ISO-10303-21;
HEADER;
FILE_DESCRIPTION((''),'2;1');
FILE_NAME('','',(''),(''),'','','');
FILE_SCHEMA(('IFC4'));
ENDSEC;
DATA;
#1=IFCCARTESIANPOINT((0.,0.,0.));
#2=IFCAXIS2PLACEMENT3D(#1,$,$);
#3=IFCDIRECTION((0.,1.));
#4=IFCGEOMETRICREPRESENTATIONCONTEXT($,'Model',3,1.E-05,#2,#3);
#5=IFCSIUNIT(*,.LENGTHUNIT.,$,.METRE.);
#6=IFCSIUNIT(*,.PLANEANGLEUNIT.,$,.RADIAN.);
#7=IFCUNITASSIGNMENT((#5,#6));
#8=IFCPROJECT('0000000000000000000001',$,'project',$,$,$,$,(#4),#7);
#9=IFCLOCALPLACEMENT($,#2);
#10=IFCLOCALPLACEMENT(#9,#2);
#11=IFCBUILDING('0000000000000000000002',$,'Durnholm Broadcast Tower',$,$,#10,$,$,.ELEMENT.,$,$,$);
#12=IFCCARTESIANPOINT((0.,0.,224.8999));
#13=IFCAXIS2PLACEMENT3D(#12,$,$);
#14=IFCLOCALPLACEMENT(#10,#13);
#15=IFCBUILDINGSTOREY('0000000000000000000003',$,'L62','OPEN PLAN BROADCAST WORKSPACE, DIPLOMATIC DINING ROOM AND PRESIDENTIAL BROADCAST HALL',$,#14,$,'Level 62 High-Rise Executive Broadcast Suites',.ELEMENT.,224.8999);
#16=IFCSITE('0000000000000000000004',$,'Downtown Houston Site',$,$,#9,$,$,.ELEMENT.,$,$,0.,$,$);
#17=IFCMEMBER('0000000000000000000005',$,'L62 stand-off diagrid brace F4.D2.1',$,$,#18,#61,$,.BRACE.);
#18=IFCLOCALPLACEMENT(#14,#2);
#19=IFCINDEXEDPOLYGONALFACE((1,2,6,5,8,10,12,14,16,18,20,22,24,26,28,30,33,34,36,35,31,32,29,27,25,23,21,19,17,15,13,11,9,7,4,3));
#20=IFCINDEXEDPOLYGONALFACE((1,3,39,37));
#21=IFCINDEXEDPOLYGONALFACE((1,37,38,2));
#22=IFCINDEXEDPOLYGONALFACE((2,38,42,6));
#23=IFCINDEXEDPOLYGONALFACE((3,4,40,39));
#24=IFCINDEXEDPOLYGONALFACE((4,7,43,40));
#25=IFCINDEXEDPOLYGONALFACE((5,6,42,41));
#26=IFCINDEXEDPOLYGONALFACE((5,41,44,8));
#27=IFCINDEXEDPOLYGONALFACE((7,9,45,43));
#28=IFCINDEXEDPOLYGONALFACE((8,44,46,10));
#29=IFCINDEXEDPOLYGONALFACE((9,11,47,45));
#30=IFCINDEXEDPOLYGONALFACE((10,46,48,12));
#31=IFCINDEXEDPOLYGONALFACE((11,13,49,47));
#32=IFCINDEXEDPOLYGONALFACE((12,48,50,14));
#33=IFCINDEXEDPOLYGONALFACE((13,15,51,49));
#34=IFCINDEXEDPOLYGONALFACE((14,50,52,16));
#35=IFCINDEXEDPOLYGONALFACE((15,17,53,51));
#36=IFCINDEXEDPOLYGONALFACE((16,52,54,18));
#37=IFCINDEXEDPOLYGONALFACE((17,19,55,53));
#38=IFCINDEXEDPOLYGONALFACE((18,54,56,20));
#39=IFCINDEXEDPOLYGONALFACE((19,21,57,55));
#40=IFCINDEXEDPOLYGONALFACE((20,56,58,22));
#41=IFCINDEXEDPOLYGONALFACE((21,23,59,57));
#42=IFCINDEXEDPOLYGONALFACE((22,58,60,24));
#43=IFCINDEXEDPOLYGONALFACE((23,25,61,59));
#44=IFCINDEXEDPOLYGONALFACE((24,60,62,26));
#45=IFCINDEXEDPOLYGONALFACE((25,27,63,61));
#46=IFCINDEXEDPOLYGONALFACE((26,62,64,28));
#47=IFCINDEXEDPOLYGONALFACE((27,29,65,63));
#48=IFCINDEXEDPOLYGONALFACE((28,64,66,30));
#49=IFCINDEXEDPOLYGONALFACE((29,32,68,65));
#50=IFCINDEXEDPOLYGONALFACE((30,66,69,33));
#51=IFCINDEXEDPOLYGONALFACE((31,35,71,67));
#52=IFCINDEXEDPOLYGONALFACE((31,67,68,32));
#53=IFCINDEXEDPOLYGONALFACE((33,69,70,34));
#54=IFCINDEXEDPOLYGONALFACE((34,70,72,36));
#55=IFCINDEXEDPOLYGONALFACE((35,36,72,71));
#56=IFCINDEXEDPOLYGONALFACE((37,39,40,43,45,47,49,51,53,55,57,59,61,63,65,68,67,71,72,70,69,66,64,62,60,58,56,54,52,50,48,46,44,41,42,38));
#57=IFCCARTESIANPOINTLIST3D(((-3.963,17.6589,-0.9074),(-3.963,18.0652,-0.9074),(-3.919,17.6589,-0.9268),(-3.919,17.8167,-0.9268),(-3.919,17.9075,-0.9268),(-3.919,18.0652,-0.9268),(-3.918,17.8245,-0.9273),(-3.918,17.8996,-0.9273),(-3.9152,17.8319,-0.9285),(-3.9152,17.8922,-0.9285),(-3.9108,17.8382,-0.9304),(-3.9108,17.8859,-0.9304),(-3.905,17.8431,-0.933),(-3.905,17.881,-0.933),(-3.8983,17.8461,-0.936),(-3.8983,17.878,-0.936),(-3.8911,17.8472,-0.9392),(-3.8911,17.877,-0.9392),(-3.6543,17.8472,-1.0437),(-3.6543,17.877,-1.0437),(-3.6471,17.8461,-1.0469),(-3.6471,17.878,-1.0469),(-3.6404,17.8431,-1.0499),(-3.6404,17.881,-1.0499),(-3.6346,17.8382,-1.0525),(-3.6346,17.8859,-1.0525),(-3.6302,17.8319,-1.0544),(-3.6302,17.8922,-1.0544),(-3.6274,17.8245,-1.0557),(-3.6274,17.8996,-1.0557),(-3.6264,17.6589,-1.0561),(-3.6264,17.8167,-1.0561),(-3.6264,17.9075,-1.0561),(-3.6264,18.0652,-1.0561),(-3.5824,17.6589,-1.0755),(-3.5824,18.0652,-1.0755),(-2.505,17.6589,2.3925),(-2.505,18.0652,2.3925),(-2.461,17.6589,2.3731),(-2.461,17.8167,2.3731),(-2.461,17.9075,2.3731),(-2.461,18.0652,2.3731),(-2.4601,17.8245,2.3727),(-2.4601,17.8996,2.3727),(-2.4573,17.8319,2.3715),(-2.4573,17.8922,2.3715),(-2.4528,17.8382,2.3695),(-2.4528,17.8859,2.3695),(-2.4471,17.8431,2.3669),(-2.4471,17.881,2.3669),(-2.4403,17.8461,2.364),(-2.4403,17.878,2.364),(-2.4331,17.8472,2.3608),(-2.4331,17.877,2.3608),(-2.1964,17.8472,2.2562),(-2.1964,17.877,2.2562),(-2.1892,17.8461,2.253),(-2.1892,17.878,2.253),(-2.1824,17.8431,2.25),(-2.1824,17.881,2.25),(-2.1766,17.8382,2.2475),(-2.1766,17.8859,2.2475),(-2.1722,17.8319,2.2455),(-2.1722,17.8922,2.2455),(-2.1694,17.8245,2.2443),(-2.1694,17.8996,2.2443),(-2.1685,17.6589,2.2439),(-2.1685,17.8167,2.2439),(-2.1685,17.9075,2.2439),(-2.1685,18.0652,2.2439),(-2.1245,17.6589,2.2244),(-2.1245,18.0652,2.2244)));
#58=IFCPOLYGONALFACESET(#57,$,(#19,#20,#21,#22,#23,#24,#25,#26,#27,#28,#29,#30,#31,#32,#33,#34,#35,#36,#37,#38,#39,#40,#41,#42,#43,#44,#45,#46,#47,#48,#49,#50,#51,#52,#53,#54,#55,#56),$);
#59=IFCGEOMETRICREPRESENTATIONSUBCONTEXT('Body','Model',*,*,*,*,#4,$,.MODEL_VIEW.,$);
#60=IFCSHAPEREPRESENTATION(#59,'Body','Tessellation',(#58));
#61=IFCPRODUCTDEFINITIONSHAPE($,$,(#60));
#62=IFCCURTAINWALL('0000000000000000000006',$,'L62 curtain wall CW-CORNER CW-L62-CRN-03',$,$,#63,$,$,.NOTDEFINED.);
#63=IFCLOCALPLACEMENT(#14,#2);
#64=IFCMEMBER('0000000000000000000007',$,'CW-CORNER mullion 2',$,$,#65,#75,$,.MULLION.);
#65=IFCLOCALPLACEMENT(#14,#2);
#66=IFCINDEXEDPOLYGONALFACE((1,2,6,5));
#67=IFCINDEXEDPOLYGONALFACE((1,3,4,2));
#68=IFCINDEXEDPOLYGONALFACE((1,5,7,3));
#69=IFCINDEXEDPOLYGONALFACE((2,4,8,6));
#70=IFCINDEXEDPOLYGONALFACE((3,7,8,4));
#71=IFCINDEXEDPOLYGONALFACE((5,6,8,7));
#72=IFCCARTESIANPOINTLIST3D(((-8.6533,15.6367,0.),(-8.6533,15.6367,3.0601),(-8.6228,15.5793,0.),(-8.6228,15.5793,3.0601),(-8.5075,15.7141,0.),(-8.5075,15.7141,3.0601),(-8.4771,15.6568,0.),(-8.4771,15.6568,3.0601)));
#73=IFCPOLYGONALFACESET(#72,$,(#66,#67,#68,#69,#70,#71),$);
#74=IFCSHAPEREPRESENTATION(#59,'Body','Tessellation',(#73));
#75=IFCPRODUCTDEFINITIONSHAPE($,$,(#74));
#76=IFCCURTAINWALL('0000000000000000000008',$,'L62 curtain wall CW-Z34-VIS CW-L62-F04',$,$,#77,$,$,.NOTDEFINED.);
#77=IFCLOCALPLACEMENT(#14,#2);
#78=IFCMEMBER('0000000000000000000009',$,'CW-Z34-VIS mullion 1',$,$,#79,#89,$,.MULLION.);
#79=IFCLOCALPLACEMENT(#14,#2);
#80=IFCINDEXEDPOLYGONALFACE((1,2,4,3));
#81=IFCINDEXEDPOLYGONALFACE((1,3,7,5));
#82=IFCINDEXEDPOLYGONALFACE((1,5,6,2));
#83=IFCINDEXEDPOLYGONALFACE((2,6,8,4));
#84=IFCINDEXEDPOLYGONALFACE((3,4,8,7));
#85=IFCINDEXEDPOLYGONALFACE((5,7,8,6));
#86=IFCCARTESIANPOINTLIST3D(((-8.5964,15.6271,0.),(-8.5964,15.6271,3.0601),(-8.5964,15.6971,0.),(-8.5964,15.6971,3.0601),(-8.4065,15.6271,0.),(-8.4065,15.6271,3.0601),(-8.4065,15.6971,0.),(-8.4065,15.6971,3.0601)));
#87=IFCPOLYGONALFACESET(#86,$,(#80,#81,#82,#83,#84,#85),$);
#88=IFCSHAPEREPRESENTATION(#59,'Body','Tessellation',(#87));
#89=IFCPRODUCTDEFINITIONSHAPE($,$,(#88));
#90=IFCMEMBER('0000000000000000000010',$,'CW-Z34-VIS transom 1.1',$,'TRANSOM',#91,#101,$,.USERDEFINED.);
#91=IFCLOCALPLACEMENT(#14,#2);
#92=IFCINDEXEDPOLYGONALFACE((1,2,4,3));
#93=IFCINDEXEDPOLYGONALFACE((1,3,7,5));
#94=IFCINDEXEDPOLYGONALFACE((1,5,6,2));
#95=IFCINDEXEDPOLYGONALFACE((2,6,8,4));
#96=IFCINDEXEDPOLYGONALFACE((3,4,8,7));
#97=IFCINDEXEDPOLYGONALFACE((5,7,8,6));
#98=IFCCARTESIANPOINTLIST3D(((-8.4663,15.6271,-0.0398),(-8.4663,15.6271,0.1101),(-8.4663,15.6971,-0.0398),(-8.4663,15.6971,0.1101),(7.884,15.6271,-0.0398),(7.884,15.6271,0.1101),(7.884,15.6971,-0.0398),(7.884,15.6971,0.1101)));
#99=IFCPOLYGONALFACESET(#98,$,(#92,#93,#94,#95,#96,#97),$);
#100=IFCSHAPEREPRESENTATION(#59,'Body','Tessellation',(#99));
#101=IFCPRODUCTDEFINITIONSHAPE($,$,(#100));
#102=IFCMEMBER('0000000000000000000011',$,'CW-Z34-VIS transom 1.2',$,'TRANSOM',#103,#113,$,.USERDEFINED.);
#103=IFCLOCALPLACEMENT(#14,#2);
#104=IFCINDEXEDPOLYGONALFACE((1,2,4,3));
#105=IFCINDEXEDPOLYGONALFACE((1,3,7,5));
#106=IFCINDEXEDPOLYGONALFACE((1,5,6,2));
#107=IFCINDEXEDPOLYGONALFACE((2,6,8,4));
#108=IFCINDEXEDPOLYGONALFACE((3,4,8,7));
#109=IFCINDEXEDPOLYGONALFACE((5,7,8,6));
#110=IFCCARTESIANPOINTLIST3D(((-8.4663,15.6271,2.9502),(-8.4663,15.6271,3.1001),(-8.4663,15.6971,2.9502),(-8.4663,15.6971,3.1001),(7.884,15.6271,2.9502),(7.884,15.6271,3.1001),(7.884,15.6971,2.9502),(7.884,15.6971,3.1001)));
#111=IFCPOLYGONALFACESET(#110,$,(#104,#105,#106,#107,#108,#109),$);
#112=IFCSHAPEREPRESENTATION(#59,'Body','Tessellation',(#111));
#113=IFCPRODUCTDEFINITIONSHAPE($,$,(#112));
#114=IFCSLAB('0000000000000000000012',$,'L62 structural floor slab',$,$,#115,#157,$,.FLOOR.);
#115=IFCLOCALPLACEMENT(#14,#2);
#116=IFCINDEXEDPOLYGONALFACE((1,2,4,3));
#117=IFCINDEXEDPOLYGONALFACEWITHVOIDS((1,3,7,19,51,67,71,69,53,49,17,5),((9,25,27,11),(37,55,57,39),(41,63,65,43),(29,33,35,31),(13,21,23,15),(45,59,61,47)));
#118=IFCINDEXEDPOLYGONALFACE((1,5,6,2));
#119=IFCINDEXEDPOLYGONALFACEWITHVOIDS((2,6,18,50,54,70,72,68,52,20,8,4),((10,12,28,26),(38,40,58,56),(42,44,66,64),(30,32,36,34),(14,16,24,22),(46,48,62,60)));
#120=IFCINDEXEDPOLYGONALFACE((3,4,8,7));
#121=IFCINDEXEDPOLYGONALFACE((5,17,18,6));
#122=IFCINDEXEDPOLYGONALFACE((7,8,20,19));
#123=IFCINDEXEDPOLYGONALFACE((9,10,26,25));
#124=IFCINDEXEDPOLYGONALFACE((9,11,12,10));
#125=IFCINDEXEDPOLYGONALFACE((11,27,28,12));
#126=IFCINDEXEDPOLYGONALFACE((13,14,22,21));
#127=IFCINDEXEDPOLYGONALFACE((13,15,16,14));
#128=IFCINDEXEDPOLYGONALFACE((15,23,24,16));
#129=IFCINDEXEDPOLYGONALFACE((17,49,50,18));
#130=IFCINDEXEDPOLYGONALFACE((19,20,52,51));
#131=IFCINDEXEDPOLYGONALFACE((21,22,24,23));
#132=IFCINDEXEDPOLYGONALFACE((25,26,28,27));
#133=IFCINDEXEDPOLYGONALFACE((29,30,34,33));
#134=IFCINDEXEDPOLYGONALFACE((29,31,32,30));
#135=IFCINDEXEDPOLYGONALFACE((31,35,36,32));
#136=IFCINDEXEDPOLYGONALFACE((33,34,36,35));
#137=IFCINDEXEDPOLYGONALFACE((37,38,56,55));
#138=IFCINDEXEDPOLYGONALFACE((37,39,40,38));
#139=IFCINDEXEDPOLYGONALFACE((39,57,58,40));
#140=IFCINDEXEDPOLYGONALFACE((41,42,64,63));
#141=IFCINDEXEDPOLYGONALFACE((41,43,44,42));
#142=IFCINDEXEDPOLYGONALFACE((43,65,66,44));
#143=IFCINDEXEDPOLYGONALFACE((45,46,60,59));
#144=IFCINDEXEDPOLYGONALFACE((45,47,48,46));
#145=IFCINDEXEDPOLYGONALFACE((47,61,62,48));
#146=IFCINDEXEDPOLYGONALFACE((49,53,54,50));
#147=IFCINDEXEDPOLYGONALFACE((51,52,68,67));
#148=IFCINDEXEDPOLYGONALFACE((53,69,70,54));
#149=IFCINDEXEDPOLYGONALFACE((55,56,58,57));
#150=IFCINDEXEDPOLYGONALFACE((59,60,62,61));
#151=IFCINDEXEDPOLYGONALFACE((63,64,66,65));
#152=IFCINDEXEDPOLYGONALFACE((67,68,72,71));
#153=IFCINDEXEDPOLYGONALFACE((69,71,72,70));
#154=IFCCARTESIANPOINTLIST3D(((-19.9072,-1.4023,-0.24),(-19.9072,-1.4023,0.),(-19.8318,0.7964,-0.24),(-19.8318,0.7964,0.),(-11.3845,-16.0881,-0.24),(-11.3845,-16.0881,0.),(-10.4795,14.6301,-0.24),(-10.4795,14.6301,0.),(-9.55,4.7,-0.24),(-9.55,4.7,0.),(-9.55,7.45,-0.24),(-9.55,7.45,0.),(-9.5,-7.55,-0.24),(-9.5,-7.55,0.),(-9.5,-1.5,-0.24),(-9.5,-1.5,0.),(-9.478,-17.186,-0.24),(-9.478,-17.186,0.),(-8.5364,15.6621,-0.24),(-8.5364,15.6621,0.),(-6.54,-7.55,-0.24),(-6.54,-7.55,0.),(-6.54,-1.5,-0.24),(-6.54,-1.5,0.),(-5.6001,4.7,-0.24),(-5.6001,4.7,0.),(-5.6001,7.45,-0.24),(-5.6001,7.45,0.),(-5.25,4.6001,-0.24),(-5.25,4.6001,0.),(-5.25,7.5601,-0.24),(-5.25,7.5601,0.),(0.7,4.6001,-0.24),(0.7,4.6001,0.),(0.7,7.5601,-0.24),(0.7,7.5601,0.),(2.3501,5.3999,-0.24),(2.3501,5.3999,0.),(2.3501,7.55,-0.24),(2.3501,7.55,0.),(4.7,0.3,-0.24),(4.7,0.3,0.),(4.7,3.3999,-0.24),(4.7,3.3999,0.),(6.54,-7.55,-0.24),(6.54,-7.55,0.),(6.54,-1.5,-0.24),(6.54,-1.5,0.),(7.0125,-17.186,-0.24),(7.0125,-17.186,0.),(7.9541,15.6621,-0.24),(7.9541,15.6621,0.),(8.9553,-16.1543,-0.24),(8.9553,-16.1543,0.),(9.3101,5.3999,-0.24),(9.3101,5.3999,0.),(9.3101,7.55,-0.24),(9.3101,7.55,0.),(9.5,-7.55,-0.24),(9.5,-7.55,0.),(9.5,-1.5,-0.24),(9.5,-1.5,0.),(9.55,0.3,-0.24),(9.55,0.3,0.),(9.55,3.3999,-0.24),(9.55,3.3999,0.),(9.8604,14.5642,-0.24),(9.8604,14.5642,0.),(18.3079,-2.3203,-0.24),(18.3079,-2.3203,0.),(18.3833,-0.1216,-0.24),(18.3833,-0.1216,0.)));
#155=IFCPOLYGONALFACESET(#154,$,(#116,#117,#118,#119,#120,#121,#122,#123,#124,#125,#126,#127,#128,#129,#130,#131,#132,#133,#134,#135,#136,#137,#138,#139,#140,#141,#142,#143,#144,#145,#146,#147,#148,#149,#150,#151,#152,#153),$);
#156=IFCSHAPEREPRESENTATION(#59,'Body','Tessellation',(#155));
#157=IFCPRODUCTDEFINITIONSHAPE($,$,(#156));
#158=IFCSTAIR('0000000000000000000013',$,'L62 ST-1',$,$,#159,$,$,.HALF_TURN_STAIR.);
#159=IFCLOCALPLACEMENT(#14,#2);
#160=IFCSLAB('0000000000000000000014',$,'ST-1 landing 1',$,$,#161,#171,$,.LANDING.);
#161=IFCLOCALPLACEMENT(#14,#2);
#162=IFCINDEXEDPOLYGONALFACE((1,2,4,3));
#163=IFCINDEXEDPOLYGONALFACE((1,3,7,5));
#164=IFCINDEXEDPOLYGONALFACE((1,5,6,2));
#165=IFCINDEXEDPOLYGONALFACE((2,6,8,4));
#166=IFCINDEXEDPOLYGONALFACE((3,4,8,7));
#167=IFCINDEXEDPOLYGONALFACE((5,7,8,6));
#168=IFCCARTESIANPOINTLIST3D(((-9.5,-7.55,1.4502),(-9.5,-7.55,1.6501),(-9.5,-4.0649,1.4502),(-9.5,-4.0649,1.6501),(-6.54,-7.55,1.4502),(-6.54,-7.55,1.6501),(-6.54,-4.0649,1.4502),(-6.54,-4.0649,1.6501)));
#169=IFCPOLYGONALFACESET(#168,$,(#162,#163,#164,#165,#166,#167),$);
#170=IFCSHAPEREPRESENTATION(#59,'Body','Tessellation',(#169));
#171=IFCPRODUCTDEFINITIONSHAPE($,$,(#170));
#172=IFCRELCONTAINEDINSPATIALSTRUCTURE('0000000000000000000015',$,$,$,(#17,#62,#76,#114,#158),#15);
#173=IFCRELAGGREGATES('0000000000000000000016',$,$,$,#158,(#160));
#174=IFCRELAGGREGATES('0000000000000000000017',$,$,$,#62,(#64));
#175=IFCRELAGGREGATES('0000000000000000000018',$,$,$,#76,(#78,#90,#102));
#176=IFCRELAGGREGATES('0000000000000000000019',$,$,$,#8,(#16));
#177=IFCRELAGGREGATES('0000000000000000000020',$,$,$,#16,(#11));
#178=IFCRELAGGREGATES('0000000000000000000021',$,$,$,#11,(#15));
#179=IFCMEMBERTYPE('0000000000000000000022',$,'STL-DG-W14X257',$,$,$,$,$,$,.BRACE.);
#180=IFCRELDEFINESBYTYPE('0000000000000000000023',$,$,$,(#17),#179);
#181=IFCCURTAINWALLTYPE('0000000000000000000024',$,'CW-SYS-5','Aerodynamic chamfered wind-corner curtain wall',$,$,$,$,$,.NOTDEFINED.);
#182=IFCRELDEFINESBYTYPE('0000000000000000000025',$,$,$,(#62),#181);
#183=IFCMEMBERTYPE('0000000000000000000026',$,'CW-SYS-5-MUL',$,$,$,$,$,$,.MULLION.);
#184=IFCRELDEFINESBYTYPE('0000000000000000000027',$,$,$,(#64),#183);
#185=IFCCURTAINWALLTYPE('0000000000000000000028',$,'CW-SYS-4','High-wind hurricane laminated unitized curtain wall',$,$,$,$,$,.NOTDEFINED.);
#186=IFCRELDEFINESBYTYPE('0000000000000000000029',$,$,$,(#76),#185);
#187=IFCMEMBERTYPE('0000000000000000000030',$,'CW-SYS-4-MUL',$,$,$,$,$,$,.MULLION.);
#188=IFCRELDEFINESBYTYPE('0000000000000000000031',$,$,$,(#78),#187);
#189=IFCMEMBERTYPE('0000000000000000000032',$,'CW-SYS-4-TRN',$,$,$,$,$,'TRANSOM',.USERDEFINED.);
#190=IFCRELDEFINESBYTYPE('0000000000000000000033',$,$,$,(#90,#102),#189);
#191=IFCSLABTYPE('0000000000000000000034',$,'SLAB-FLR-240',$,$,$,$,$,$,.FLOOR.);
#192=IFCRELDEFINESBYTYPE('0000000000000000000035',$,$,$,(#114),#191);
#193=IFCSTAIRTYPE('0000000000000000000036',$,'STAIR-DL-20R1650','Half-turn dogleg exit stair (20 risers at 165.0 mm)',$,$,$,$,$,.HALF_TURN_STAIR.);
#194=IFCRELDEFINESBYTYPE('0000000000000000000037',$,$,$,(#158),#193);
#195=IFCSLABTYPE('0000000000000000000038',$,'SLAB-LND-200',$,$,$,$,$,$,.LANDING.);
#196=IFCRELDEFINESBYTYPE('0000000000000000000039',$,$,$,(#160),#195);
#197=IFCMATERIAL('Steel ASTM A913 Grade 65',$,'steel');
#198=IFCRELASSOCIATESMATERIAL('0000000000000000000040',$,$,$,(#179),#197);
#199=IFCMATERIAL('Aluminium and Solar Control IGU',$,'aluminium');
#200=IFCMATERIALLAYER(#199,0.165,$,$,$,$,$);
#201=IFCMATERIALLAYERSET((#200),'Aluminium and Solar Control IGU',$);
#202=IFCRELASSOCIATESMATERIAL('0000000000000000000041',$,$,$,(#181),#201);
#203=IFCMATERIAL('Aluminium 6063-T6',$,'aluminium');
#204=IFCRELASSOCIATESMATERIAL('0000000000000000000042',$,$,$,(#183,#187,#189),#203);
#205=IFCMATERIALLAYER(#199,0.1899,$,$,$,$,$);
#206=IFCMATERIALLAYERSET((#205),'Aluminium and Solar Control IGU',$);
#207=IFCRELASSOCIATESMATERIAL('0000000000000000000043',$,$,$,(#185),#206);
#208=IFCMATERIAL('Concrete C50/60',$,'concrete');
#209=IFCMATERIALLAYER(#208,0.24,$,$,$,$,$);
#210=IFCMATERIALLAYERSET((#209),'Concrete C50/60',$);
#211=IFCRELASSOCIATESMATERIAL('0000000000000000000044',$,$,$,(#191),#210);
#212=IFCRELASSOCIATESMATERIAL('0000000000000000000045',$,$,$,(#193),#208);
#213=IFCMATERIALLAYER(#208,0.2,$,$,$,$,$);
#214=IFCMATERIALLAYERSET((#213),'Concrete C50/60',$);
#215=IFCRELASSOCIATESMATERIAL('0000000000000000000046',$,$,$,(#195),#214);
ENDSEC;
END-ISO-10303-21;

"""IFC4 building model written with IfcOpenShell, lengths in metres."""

from ifc_helpers import new_model, si_unit, direction, frame, origin, origin_2d, place, context, subcontext, project, spatial, polyline, rectangle, i_section, outline, extrude, source, transform, mapped, material, layer, layer_set, material_profile, profile_set, type_object, type_shapes, element, aggregate, save


model = new_model("IFC4")

# Units and contexts
model_context = context("Model", 3, precision=1e-05, world=origin(), true_north=direction((0.0, 1.0)))
body_context = subcontext(model_context, "Body", "Model", "MODEL_VIEW")
ifc_project = project(units=[si_unit("LENGTHUNIT", "METRE"), si_unit("PLANEANGLEUNIT", "RADIAN")], contexts=[model_context])

# Site, building, storey
site_placement = place(None, origin())
site = spatial("IfcSite", under=ifc_project, at=site_placement, Name="Downtown Houston Site", CompositionType="ELEMENT", RefElevation=0.0)
building_placement = place(site_placement, origin())
building = spatial("IfcBuilding", under=site, at=building_placement, Name="Durnholm Broadcast Tower", CompositionType="ELEMENT")
storey_placement = place(building_placement, frame((0.0, 0.0, 224.8999)))
storey = spatial("IfcBuildingStorey", under=building, at=storey_placement, Name="L62", Description="OPEN PLAN BROADCAST WORKSPACE, DIPLOMATIC DINING ROOM AND PRESIDENTIAL BROADCAST HALL", LongName="Level 62 High-Rise Executive Broadcast Suites", CompositionType="ELEMENT", Elevation=224.8999)

# Member
ifc_material_1 = material(Name="Steel ASTM A913 Grade 65", Category="steel")
ifc_material_profile_1 = material_profile(ifc_material_1, i_section(OverallWidth=0.4062, OverallDepth=0.416, WebThickness=0.0298, FlangeThickness=0.0481, FilletRadius=0.0305, at=origin_2d()), Name="W14X257")
ifc_profile_set_1 = profile_set([ifc_material_profile_1], Name="Steel ASTM A913 Grade 65")
member_type_1 = type_object("IfcMemberType", Name="STL-DG-W14X257", PredefinedType="BRACE", material=ifc_profile_set_1)
shared_shape_1 = source(origin(), body_context, "Body", "SweptSolid", [
    extrude(i_section(OverallWidth=0.4062, OverallDepth=0.416, WebThickness=0.0298, FlangeThickness=0.0481, FilletRadius=0.0305, at=origin_2d()), origin(), (0.0, 0.0, 1.0), 3.6077),
])
member_1_placement = place(storey_placement, frame((-3.7727, 17.8621, -0.9915), z_axis=(0.404128, 0.0, 0.914702), x_axis=(0.0, 1.0, 0.0)))
element("IfcMember", 1, at=member_1_placement, inside=storey, type_object=member_type_1, Name="L62 stand-off diagrid brace F4.D2.1", PredefinedType="BRACE", context=body_context, shape_type="MappedRepresentation", body=[
    mapped(shared_shape_1, transform((0.0, 0.0, 0.0), x_axis=(1.0, 0.0, 0.0), y_axis=(0.0, 1.0, 0.0), z_axis=(0.0, 0.0, 1.0), scale=1.0)),
])

# Curtain wall, member
ifc_material_2 = material(Name="Aluminium and Solar Control IGU", Category="aluminium")
ifc_layer_1 = layer(ifc_material_2, 0.165)
ifc_layer_set_1 = layer_set([ifc_layer_1], Name="Aluminium and Solar Control IGU")
curtain_wall_type_1 = type_object("IfcCurtainWallType", Name="CW-SYS-5", Description="Aerodynamic chamfered wind-corner curtain wall", PredefinedType="NOTDEFINED", material=ifc_layer_set_1)
curtain_wall_1_placement = place(storey_placement, origin())
curtain_wall_1 = element("IfcCurtainWall", 2, at=curtain_wall_1_placement, inside=storey, type_object=curtain_wall_type_1, Name="L62 curtain wall CW-CORNER CW-L62-CRN-03", PredefinedType="NOTDEFINED")
ifc_material_3 = material(Name="Aluminium 6063-T6", Category="aluminium")
ifc_material_profile_2 = material_profile(ifc_material_3, rectangle(XDim=0.0649, YDim=0.165, at=origin_2d()), Name="CWM65X165")
ifc_profile_set_2 = profile_set([ifc_material_profile_2], Name="Aluminium 6063-T6")
member_type_2 = type_object("IfcMemberType", Name="CW-SYS-5-MUL", PredefinedType="MULLION", material=ifc_profile_set_2)
shared_shape_2 = source(origin(), body_context, "Body", "SweptSolid", [
    extrude(rectangle(XDim=0.0649, YDim=0.165, at=origin_2d()), origin(), (0.0, 0.0, 1.0), 3.0601),
])
type_shapes(member_type_2, [shared_shape_2])
member_2_placement = place(storey_placement, frame((-8.5652, 15.6467, 0.0), z_axis=(0.0, 0.0, 1.0), x_axis=(-0.469007, 0.883195, 0.0)))
member_2 = element("IfcMember", 3, at=member_2_placement, type_object=member_type_2, Name="CW-CORNER mullion 2", PredefinedType="MULLION", context=body_context, shape_type="MappedRepresentation", body=[
    mapped(shared_shape_2, transform((0.0, 0.0, 0.0), x_axis=(1.0, 0.0, 0.0), y_axis=(0.0, 1.0, 0.0), z_axis=(0.0, 0.0, 1.0), scale=1.0)),
])

# Curtain wall, members
ifc_layer_2 = layer(ifc_material_2, 0.1899)
ifc_layer_set_2 = layer_set([ifc_layer_2], Name="Aluminium and Solar Control IGU")
curtain_wall_type_2 = type_object("IfcCurtainWallType", Name="CW-SYS-4", Description="High-wind hurricane laminated unitized curtain wall", PredefinedType="NOTDEFINED", material=ifc_layer_set_2)
curtain_wall_2_placement = place(storey_placement, origin())
curtain_wall_2 = element("IfcCurtainWall", 4, at=curtain_wall_2_placement, inside=storey, type_object=curtain_wall_type_2, Name="L62 curtain wall CW-Z34-VIS CW-L62-F04", PredefinedType="NOTDEFINED")
ifc_material_profile_3 = material_profile(ifc_material_3, rectangle(XDim=0.0701, YDim=0.1899, at=origin_2d()), Name="CWM70X190")
ifc_profile_set_3 = profile_set([ifc_material_profile_3], Name="Aluminium 6063-T6")
member_type_3 = type_object("IfcMemberType", Name="CW-SYS-4-MUL", PredefinedType="MULLION", material=ifc_profile_set_3)
shared_shape_3 = source(origin(), body_context, "Body", "SweptSolid", [
    extrude(rectangle(XDim=0.0701, YDim=0.1899, at=origin_2d()), origin(), (0.0, 0.0, 1.0), 3.0601),
])
type_shapes(member_type_3, [shared_shape_3])
member_3_placement = place(storey_placement, frame((-8.5015, 15.6621, 0.0), z_axis=(0.0, 0.0, 1.0), x_axis=(0.0, 1.0, 0.0)))
member_3 = element("IfcMember", 5, at=member_3_placement, type_object=member_type_3, Name="CW-Z34-VIS mullion 1", PredefinedType="MULLION", context=body_context, shape_type="MappedRepresentation", body=[
    mapped(shared_shape_3, transform((0.0, 0.0, 0.0), x_axis=(1.0, 0.0, 0.0), y_axis=(0.0, 1.0, 0.0), z_axis=(0.0, 0.0, 1.0), scale=1.0)),
])
ifc_material_profile_4 = material_profile(ifc_material_3, rectangle(XDim=0.0701, YDim=0.1499, at=origin_2d()), Name="CWT70X150")
ifc_profile_set_4 = profile_set([ifc_material_profile_4], Name="Aluminium 6063-T6")
member_type_4 = type_object("IfcMemberType", Name="CW-SYS-4-TRN", ElementType="TRANSOM", PredefinedType="USERDEFINED", material=ifc_profile_set_4)
shared_shape_4 = source(origin(), body_context, "Body", "SweptSolid", [
    extrude(rectangle(XDim=0.0701, YDim=0.1499, at=origin_2d()), origin(), (0.0, 0.0, 1.0), 16.3503),
])
type_shapes(member_type_4, [shared_shape_4])
member_4_placement = place(storey_placement, frame((-8.4663, 15.6621, 0.0352), z_axis=(1.0, 0.0, 0.0), x_axis=(0.0, 1.0, 0.0)))
member_4 = element("IfcMember", 6, at=member_4_placement, type_object=member_type_4, Name="CW-Z34-VIS transom 1.1", ObjectType="TRANSOM", PredefinedType="USERDEFINED", context=body_context, shape_type="MappedRepresentation", body=[
    mapped(shared_shape_4, transform((0.0, 0.0, 0.0), x_axis=(1.0, 0.0, 0.0), y_axis=(0.0, 1.0, 0.0), z_axis=(0.0, 0.0, 1.0), scale=1.0)),
])
member_5_placement = place(storey_placement, frame((-8.4663, 15.6621, 3.0251), z_axis=(1.0, 0.0, 0.0), x_axis=(0.0, 1.0, 0.0)))
member_5 = element("IfcMember", 7, at=member_5_placement, type_object=member_type_4, Name="CW-Z34-VIS transom 1.2", ObjectType="TRANSOM", PredefinedType="USERDEFINED", context=body_context, shape_type="MappedRepresentation", body=[
    mapped(shared_shape_4, transform((0.0, 0.0, 0.0), x_axis=(1.0, 0.0, 0.0), y_axis=(0.0, 1.0, 0.0), z_axis=(0.0, 0.0, 1.0), scale=1.0)),
])

# Slab
ifc_material_4 = material(Name="Concrete C50/60", Category="concrete")
ifc_layer_3 = layer(ifc_material_4, 0.24)
ifc_layer_set_3 = layer_set([ifc_layer_3], Name="Concrete C50/60")
slab_type_1 = type_object("IfcSlabType", Name="SLAB-FLR-240", PredefinedType="FLOOR", material=ifc_layer_set_3)
slab_1_placement = place(storey_placement, frame((0.0, 0.0, -0.24)))
element("IfcSlab", 8, at=slab_1_placement, inside=storey, type_object=slab_type_1, Name="L62 structural floor slab", PredefinedType="FLOOR", context=body_context, shape_type="SweptSolid", body=[
    extrude(outline(polyline([(-11.3845, -16.0881), (-9.478, -17.186), (7.0125, -17.186), (8.9553, -16.1543), (18.3079, -2.3203), (18.3833, -0.1216), (9.8604, 14.5642), (7.9541, 15.6621), (-8.5364, 15.6621), (-10.4795, 14.6301), (-19.8318, 0.7964), (-19.9072, -1.4023), (-11.3845, -16.0881)]), holes=[polyline([(-6.54, -1.5), (-9.5, -1.5), (-9.5, -7.55), (-6.54, -7.55), (-6.54, -1.5)]), polyline([(9.5, -7.55), (9.5, -1.5), (6.54, -1.5), (6.54, -7.55), (9.5, -7.55)]), polyline([(9.55, 3.3999), (4.7, 3.3999), (4.7, 0.3), (9.55, 0.3), (9.55, 3.3999)]), polyline([(-9.55, 7.45), (-9.55, 4.7), (-5.6001, 4.7), (-5.6001, 7.45), (-9.55, 7.45)]), polyline([(-5.25, 4.6001), (0.7, 4.6001), (0.7, 7.5601), (-5.25, 7.5601), (-5.25, 4.6001)]), polyline([(9.3101, 7.55), (2.3501, 7.55), (2.3501, 5.3999), (9.3101, 5.3999), (9.3101, 7.55)])]), origin(), (0.0, 0.0, 1.0), 0.24),
])

# Stair, slab
stair_type = type_object("IfcStairType", Name="STAIR-DL-20R1650", Description="Half-turn dogleg exit stair (20 risers at 165.0 mm)", PredefinedType="HALF_TURN_STAIR", material=ifc_material_4)
stair_1_placement = place(storey_placement, origin())
stair_1 = element("IfcStair", 9, at=stair_1_placement, inside=storey, type_object=stair_type, Name="L62 ST-1", PredefinedType="HALF_TURN_STAIR")
ifc_layer_4 = layer(ifc_material_4, 0.2)
ifc_layer_set_4 = layer_set([ifc_layer_4], Name="Concrete C50/60")
slab_type_2 = type_object("IfcSlabType", Name="SLAB-LND-200", PredefinedType="LANDING", material=ifc_layer_set_4)
slab_2_placement = place(storey_placement, frame((0.0, 0.0, 1.4502)))
slab_2 = element("IfcSlab", 10, at=slab_2_placement, type_object=slab_type_2, Name="ST-1 landing 1", PredefinedType="LANDING", context=body_context, shape_type="SweptSolid", body=[
    extrude(outline(polyline([(-9.5, -4.0649), (-9.5, -7.55), (-6.54, -7.55), (-6.54, -4.0649), (-9.5, -4.0649)])), origin(), (0.0, 0.0, 1.0), 0.2),
])
aggregate(stair_1, [slab_2])

aggregate(curtain_wall_1, [member_2])
aggregate(curtain_wall_2, [member_3, member_4, member_5])

save(model, "model.ifc")
